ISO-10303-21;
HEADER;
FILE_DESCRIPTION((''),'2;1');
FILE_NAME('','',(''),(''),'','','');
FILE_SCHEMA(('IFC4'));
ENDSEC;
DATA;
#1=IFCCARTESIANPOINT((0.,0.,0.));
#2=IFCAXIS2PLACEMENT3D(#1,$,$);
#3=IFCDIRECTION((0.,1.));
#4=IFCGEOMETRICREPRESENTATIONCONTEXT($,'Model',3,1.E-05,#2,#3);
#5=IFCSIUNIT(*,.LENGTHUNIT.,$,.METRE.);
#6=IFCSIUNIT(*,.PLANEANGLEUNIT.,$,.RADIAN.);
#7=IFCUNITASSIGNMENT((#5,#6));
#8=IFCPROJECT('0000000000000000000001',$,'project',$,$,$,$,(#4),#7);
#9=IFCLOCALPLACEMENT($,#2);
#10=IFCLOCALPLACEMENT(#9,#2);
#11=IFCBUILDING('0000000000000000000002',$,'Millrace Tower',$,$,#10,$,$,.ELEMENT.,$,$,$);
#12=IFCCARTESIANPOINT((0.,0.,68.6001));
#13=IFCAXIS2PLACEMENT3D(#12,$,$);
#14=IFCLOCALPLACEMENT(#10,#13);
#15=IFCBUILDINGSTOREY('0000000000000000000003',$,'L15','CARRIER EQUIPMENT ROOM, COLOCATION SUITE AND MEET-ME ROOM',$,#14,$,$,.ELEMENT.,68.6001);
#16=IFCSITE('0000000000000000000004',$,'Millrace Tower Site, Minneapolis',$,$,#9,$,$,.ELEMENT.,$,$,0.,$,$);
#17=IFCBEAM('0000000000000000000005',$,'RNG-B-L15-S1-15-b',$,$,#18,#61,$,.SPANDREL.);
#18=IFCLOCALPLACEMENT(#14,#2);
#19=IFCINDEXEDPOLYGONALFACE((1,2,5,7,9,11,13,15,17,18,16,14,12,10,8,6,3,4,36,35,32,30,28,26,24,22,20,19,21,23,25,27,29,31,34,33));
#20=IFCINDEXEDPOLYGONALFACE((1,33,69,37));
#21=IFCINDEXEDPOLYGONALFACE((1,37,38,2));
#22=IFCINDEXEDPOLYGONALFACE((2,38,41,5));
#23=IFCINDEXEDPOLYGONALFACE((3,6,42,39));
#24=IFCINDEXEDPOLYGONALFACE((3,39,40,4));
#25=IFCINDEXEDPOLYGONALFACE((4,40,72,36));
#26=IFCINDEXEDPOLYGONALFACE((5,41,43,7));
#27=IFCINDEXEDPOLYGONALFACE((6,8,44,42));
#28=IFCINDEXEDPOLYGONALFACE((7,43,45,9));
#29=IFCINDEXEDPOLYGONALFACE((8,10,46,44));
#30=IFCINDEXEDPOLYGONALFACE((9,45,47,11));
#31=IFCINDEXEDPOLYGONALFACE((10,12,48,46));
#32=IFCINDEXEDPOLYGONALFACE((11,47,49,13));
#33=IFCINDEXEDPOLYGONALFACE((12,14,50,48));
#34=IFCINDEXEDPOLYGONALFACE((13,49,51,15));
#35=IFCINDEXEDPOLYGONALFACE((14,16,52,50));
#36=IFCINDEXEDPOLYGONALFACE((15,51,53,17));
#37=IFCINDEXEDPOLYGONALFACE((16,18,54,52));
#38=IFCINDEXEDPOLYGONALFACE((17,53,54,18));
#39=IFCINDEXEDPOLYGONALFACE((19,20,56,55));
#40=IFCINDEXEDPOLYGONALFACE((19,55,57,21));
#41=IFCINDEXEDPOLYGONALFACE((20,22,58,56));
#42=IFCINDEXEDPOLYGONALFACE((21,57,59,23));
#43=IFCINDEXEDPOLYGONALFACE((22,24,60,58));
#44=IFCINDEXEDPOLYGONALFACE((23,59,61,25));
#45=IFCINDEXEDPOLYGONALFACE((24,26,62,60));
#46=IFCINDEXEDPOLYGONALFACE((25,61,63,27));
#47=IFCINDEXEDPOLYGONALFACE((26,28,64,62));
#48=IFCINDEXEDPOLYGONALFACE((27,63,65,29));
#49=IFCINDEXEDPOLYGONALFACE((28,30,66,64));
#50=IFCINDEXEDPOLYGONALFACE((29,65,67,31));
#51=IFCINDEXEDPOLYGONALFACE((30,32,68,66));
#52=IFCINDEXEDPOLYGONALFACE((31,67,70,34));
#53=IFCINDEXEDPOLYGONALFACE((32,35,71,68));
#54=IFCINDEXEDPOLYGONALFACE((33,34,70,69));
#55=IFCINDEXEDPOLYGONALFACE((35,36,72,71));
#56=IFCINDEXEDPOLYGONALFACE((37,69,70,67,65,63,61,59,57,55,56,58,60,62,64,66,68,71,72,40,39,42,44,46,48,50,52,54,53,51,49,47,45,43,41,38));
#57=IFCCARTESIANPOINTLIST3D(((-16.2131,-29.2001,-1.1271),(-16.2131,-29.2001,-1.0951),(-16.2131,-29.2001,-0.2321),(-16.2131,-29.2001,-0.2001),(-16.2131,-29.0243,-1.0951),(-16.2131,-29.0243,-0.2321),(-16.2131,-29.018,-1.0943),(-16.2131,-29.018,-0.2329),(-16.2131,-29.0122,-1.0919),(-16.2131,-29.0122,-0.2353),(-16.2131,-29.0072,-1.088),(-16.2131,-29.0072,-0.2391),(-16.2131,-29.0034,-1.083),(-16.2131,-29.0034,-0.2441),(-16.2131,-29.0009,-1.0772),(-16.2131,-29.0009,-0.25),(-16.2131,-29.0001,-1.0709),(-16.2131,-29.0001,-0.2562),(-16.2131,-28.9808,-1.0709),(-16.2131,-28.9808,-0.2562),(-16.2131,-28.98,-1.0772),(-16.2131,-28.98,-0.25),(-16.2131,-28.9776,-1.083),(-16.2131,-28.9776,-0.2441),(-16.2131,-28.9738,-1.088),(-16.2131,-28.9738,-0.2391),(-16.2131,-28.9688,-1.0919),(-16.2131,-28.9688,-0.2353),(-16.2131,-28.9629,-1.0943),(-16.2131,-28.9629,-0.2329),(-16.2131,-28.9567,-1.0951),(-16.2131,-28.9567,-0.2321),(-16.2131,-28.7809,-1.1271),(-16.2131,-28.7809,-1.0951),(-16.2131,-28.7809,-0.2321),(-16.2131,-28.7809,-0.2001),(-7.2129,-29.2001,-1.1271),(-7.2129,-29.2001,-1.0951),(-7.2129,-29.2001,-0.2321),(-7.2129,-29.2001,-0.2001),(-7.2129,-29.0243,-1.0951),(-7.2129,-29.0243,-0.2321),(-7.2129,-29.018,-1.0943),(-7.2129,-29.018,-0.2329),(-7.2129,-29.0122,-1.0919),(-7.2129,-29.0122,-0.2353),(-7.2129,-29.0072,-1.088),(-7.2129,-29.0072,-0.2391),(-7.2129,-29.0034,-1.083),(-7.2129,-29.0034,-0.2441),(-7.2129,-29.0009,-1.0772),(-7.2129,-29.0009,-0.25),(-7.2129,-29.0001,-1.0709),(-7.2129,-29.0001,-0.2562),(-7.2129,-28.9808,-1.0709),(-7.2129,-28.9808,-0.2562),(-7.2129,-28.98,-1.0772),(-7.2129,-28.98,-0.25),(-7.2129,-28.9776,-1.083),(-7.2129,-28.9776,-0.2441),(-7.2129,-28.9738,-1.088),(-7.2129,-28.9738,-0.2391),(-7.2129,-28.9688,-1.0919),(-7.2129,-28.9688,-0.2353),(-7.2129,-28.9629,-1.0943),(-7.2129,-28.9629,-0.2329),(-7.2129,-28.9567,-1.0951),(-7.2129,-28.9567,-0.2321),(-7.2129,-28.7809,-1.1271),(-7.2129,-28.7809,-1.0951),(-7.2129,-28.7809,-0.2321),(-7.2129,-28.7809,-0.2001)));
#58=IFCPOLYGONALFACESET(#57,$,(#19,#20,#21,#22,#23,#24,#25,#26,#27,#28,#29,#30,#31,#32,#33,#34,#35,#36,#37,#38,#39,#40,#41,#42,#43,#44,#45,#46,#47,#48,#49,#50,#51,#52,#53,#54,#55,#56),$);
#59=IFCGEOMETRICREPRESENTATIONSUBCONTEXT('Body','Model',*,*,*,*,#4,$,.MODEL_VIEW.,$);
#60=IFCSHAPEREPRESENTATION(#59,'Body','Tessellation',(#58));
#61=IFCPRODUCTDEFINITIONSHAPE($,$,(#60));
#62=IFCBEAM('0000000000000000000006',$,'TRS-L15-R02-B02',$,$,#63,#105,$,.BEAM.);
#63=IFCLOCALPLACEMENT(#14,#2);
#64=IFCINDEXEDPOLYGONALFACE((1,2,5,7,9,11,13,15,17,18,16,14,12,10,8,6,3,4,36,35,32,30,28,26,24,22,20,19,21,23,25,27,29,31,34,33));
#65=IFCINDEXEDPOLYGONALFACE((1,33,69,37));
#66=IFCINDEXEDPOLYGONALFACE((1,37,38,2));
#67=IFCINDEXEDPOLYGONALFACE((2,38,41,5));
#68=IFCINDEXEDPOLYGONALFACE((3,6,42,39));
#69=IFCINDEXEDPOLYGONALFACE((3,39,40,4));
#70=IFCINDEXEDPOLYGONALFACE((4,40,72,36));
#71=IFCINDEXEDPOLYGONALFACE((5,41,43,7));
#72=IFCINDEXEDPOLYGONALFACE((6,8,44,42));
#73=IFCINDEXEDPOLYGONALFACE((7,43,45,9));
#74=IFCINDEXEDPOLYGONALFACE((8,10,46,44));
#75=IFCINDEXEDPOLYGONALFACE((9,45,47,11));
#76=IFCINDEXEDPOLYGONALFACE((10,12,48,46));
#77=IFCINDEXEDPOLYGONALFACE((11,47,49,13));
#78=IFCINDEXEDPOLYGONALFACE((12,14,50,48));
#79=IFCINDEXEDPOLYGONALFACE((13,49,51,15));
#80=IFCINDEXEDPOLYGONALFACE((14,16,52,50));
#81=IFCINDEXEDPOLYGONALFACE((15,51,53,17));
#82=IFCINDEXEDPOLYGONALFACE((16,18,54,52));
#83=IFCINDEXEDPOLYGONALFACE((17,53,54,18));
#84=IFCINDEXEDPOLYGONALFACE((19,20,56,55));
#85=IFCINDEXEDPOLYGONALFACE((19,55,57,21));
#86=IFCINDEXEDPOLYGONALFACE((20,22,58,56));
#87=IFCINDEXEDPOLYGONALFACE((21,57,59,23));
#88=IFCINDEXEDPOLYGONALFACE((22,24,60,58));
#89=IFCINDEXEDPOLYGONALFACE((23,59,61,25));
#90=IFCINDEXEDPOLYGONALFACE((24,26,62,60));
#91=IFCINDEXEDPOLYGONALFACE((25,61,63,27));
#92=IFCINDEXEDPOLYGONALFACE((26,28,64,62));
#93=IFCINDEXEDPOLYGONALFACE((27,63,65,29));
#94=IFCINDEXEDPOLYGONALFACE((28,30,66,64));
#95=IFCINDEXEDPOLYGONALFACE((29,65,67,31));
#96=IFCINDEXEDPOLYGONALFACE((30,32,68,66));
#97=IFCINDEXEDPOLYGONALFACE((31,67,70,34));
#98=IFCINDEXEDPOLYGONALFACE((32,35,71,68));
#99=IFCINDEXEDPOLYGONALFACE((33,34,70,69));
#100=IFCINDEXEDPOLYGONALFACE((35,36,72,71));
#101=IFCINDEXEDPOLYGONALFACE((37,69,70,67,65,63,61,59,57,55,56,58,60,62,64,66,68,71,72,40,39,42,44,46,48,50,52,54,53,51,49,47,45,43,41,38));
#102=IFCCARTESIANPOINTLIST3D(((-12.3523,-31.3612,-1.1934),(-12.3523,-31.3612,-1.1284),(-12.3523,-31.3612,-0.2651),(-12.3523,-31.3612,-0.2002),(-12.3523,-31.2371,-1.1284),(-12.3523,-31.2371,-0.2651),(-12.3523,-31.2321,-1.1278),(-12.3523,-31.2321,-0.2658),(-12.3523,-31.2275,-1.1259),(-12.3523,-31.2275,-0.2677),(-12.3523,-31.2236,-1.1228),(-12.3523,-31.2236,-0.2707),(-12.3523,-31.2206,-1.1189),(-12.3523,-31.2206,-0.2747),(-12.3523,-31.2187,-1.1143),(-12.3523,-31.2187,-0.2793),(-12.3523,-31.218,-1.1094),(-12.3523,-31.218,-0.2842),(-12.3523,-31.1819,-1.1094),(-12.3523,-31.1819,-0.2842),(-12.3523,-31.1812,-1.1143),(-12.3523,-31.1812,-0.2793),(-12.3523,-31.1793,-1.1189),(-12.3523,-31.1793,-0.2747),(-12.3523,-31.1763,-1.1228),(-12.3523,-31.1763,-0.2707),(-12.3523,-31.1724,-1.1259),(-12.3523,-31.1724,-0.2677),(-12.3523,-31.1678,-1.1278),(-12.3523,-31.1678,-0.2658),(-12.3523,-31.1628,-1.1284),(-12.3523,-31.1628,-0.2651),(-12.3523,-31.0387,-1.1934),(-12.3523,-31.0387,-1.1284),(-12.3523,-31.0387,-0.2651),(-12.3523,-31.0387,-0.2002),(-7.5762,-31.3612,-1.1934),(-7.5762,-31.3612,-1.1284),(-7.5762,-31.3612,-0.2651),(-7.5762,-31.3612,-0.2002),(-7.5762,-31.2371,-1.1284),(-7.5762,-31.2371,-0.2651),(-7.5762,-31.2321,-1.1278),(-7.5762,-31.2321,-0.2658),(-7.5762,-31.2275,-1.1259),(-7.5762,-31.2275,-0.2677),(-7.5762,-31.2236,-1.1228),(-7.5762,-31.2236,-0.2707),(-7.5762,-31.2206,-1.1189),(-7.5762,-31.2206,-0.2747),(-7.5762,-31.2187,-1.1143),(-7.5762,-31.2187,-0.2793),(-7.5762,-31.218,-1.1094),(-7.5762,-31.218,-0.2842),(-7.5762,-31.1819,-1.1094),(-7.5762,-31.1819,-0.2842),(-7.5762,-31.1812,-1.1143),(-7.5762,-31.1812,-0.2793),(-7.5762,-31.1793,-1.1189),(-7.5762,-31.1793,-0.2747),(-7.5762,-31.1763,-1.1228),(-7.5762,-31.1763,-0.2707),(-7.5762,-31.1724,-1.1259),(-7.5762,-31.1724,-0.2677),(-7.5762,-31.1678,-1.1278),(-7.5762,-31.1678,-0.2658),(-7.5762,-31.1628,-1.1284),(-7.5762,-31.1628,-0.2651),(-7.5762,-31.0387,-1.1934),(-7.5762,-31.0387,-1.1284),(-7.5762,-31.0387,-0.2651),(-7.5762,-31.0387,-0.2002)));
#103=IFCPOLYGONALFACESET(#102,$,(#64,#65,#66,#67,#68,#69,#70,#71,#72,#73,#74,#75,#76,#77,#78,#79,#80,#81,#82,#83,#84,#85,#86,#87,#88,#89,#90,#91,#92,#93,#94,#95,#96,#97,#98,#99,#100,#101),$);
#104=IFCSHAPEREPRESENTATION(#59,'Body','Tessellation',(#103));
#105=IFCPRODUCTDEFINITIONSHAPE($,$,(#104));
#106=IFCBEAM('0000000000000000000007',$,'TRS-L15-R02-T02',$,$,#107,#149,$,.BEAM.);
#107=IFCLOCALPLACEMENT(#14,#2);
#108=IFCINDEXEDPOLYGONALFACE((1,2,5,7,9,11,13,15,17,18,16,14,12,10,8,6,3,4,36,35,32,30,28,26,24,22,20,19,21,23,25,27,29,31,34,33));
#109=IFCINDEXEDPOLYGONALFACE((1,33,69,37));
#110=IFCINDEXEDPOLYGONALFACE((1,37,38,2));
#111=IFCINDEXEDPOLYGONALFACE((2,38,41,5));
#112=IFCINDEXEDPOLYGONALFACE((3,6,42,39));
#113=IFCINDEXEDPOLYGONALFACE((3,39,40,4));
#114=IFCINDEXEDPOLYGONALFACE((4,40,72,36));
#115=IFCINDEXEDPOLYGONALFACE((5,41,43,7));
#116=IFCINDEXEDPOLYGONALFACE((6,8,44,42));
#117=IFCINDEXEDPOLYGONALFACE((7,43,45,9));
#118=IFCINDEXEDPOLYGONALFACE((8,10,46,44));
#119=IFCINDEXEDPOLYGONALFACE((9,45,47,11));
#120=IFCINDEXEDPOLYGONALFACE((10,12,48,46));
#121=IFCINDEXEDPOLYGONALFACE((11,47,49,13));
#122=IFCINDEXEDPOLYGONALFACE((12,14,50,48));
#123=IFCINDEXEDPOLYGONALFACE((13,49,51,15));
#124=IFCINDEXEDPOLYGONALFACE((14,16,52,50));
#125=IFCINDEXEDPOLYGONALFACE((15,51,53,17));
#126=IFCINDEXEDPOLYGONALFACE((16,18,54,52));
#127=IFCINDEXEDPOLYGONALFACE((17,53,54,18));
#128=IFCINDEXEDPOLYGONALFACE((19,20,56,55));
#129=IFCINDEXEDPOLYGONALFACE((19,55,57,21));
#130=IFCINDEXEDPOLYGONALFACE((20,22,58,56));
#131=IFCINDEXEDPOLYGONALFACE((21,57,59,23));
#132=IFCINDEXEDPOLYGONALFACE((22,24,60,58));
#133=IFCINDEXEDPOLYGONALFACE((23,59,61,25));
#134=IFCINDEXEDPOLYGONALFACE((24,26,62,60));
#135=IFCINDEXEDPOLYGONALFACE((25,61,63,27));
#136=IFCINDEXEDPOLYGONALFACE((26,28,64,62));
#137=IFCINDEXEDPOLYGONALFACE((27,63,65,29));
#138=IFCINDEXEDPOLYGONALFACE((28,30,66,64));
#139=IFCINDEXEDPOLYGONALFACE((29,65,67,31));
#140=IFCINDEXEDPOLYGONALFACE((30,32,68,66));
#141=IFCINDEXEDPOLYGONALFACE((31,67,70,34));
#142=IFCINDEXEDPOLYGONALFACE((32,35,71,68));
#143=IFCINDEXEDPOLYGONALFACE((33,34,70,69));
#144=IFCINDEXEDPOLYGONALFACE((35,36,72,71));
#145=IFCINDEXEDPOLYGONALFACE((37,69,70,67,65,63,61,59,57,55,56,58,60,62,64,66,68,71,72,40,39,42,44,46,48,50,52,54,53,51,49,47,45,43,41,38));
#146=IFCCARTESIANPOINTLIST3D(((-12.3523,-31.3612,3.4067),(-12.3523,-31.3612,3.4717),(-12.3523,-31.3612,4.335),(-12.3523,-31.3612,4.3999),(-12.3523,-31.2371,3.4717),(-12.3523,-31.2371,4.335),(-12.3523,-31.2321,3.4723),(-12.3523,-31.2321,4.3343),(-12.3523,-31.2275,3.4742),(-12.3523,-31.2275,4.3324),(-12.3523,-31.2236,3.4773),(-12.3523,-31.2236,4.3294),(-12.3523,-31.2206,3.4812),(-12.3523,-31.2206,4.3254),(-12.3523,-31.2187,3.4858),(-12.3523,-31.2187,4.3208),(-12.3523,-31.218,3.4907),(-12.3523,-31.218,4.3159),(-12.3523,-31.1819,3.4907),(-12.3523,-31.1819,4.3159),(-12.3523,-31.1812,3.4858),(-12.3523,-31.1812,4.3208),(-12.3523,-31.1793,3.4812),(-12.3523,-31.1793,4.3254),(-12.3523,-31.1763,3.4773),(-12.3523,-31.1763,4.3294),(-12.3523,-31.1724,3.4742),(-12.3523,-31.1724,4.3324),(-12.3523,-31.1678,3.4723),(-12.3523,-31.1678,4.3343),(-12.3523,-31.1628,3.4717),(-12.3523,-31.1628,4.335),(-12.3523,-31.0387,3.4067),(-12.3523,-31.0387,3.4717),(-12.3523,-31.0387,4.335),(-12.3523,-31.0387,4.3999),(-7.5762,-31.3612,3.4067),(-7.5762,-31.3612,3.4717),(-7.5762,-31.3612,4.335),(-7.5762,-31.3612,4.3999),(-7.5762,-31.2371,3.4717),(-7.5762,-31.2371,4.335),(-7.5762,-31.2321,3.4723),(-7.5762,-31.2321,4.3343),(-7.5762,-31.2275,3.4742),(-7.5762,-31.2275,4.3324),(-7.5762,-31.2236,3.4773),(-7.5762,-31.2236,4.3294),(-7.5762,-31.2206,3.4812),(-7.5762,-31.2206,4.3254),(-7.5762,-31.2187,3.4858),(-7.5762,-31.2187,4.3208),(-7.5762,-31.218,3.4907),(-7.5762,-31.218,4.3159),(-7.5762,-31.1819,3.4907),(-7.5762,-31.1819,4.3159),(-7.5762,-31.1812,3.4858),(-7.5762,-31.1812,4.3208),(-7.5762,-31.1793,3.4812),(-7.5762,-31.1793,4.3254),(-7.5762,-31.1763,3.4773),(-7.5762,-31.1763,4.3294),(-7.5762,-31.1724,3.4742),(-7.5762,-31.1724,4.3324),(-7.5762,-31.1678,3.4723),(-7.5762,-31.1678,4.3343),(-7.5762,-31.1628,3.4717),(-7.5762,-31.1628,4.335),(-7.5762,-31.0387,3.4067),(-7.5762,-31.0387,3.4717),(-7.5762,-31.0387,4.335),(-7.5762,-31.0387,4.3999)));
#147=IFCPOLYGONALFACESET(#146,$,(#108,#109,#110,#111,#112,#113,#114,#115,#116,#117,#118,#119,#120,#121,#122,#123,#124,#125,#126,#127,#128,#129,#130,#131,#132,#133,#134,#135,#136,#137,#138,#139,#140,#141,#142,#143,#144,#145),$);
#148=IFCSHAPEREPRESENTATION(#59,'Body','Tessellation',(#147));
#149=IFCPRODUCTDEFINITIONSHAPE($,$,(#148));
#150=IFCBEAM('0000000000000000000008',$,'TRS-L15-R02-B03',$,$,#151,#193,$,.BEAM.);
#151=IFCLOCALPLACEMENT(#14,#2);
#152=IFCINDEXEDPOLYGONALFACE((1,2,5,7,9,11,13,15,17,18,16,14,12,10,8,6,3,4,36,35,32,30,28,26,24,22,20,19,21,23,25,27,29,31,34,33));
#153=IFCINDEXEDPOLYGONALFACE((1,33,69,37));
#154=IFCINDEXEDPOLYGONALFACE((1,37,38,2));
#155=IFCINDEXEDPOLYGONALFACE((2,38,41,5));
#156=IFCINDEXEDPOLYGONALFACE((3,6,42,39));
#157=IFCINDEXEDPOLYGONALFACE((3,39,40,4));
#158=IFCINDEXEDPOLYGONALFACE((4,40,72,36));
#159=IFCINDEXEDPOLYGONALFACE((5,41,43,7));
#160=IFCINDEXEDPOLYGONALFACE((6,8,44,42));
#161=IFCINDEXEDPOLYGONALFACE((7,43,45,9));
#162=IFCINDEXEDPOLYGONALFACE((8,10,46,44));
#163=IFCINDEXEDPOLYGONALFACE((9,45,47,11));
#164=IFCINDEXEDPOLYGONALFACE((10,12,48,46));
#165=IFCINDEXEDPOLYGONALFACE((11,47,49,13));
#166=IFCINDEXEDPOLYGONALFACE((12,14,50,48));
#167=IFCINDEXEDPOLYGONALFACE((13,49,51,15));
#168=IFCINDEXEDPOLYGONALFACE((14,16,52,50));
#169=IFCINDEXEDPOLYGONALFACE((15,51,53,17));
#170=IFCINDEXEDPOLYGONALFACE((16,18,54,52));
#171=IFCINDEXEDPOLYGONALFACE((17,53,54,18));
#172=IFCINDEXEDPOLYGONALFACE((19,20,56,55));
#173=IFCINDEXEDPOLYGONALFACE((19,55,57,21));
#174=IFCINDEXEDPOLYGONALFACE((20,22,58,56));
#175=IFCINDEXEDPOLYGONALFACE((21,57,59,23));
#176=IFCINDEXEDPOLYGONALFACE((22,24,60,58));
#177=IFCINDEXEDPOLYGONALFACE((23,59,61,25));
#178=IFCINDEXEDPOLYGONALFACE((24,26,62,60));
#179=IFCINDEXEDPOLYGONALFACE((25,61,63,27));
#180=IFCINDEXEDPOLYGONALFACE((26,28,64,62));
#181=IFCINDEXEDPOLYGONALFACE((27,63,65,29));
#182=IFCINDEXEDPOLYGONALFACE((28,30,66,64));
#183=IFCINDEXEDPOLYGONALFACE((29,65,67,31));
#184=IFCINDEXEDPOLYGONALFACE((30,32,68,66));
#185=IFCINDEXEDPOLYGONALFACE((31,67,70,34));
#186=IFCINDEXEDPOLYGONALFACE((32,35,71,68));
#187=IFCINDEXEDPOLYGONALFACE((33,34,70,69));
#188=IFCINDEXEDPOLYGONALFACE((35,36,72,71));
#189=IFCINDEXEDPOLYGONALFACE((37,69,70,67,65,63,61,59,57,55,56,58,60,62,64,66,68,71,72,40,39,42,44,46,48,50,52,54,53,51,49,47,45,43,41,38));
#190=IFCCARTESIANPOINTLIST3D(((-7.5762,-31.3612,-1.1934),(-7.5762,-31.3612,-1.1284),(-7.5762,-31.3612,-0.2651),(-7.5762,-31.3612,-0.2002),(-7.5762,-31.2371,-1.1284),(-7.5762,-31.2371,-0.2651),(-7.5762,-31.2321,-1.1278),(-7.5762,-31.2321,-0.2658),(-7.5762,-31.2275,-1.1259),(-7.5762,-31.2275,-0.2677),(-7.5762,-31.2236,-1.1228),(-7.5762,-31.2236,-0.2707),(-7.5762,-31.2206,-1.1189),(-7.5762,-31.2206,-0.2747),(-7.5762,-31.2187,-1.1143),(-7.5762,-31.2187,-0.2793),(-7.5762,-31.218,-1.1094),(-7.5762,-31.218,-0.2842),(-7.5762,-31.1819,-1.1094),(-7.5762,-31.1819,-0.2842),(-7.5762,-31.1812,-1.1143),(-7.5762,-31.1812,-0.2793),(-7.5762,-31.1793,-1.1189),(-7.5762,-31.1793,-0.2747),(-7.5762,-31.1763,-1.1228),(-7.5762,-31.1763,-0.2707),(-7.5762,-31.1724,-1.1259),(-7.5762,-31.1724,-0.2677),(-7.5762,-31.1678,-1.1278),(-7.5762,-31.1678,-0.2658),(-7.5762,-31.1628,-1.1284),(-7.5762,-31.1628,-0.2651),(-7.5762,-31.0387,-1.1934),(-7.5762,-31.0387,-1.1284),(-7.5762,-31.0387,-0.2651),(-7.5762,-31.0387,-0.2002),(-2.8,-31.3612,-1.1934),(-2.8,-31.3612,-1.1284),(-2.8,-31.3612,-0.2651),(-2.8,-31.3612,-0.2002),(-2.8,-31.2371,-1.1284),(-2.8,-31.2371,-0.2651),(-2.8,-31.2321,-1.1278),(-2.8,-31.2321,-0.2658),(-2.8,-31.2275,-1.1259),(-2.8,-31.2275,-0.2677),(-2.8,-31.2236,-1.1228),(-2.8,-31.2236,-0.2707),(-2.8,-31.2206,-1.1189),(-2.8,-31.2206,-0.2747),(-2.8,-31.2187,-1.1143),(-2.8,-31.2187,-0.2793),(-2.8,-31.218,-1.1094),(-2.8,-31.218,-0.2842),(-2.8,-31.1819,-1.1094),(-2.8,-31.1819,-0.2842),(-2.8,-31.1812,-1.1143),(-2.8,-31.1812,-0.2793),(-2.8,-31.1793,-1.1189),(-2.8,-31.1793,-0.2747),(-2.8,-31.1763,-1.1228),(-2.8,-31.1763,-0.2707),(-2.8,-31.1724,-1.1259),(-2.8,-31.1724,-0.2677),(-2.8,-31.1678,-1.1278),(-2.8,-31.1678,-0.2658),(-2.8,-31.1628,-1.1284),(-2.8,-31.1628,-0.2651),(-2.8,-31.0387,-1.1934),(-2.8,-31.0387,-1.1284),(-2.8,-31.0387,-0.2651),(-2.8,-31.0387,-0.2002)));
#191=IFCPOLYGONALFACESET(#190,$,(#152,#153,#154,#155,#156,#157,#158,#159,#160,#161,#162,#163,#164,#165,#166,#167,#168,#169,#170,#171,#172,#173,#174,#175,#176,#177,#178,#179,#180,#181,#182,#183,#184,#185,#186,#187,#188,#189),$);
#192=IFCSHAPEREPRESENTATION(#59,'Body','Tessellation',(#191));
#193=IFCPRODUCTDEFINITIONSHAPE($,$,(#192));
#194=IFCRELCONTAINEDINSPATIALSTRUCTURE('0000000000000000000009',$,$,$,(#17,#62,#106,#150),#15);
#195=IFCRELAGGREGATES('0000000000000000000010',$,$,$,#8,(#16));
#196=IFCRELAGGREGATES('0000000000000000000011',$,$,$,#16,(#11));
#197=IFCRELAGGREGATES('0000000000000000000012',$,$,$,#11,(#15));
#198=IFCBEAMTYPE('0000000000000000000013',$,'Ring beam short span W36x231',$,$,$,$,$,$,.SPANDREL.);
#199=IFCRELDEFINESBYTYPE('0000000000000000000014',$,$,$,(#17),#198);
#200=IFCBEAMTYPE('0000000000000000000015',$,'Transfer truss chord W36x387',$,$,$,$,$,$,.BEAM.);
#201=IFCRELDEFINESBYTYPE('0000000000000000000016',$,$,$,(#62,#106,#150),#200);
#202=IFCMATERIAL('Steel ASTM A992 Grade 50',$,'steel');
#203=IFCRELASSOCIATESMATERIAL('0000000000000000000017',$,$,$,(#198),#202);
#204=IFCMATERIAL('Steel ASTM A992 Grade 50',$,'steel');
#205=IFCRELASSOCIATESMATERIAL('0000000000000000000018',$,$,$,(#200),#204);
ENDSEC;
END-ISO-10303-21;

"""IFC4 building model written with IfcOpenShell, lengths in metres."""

from ifc_helpers import new_model, si_unit, direction, frame, origin, origin_2d, place, context, subcontext, project, spatial, i_section, extrude, material, material_profile, profile_set, type_object, element, save


model = new_model("IFC4")

# Units and contexts
model_context = context("Model", 3, precision=1e-05, world=origin(), true_north=direction((0.0, 1.0)))
body_context = subcontext(model_context, "Body", "Model", "MODEL_VIEW")
ifc_project = project(units=[si_unit("LENGTHUNIT", "METRE"), si_unit("PLANEANGLEUNIT", "RADIAN")], contexts=[model_context])

# Site, building, storey
site_placement = place(None, origin())
site = spatial("IfcSite", under=ifc_project, at=site_placement, Name="Millrace Tower Site, Minneapolis", CompositionType="ELEMENT", RefElevation=0.0)
building_placement = place(site_placement, origin())
building = spatial("IfcBuilding", under=site, at=building_placement, Name="Millrace Tower", CompositionType="ELEMENT")
storey_placement = place(building_placement, frame((0.0, 0.0, 68.6001)))
storey = spatial("IfcBuildingStorey", under=building, at=storey_placement, Name="L15", Description="CARRIER EQUIPMENT ROOM, COLOCATION SUITE AND MEET-ME ROOM", CompositionType="ELEMENT", Elevation=68.6001)

# Beams
ifc_material_1 = material(Name="Steel ASTM A992 Grade 50", Category="steel")
ifc_material_profile_1 = material_profile(ifc_material_1, i_section(OverallWidth=0.4192, OverallDepth=0.927, WebThickness=0.0193, FlangeThickness=0.032, FilletRadius=0.0242, at=origin_2d()))
ifc_profile_set_1 = profile_set([ifc_material_profile_1], Name="Steel ASTM A992 Grade 50")
beam_type_1 = type_object("IfcBeamType", Name="Ring beam short span W36x231", PredefinedType="SPANDREL", material=ifc_profile_set_1)
beam_1_placement = place(storey_placement, frame((-7.2129, -28.9905, -0.6636), z_axis=(-1.0, 0.0, 0.0), x_axis=(0.0, -1.0, 0.0)))
element("IfcBeam", 1, at=beam_1_placement, inside=storey, type_object=beam_type_1, Name="RNG-B-L15-S1-15-b", PredefinedType="SPANDREL", context=body_context, shape_type="SweptSolid", body=[
    extrude(i_section(OverallWidth=0.4192, OverallDepth=0.927, WebThickness=0.0193, FlangeThickness=0.032, FilletRadius=0.0242, at=origin_2d()), origin(), (0.0, 0.0, 1.0), 9.0002),
])
ifc_material_2 = material(Name="Steel ASTM A992 Grade 50", Category="steel")
ifc_material_profile_2 = material_profile(ifc_material_2, i_section(OverallWidth=0.3225, OverallDepth=0.9932, WebThickness=0.0361, FlangeThickness=0.0649, FilletRadius=0.019, at=origin_2d()))
ifc_profile_set_2 = profile_set([ifc_material_profile_2], Name="Steel ASTM A992 Grade 50")
beam_type_2 = type_object("IfcBeamType", Name="Transfer truss chord W36x387", PredefinedType="BEAM", material=ifc_profile_set_2)
for number, where, z_axis, x_axis, name in (
    (2, (-12.3523, -31.2, -0.6968), (1.0, 0.0, 0.0), (0.0, 1.0, 0.0), "TRS-L15-R02-B02"),
    (3, (-12.3523, -31.2, 3.9033), (1.0, 0.0, 0.0), (0.0, 1.0, 0.0), "TRS-L15-R02-T02"),
    (4, (-7.5762, -31.2, -0.6968), (1.0, 0.0, 0.0), (0.0, 1.0, 0.0), "TRS-L15-R02-B03"),
):
    element("IfcBeam", number, at=place(storey_placement, frame(where, z_axis=z_axis, x_axis=x_axis)), inside=storey, type_object=beam_type_2, Name=name, PredefinedType="BEAM", context=body_context, shape_type="SweptSolid", body=[
        extrude(i_section(OverallWidth=0.3225, OverallDepth=0.9932, WebThickness=0.0361, FlangeThickness=0.0649, FilletRadius=0.019, at=origin_2d()), origin(), (0.0, 0.0, 1.0), 4.7761),
    ])

save(model, "model.ifc")
